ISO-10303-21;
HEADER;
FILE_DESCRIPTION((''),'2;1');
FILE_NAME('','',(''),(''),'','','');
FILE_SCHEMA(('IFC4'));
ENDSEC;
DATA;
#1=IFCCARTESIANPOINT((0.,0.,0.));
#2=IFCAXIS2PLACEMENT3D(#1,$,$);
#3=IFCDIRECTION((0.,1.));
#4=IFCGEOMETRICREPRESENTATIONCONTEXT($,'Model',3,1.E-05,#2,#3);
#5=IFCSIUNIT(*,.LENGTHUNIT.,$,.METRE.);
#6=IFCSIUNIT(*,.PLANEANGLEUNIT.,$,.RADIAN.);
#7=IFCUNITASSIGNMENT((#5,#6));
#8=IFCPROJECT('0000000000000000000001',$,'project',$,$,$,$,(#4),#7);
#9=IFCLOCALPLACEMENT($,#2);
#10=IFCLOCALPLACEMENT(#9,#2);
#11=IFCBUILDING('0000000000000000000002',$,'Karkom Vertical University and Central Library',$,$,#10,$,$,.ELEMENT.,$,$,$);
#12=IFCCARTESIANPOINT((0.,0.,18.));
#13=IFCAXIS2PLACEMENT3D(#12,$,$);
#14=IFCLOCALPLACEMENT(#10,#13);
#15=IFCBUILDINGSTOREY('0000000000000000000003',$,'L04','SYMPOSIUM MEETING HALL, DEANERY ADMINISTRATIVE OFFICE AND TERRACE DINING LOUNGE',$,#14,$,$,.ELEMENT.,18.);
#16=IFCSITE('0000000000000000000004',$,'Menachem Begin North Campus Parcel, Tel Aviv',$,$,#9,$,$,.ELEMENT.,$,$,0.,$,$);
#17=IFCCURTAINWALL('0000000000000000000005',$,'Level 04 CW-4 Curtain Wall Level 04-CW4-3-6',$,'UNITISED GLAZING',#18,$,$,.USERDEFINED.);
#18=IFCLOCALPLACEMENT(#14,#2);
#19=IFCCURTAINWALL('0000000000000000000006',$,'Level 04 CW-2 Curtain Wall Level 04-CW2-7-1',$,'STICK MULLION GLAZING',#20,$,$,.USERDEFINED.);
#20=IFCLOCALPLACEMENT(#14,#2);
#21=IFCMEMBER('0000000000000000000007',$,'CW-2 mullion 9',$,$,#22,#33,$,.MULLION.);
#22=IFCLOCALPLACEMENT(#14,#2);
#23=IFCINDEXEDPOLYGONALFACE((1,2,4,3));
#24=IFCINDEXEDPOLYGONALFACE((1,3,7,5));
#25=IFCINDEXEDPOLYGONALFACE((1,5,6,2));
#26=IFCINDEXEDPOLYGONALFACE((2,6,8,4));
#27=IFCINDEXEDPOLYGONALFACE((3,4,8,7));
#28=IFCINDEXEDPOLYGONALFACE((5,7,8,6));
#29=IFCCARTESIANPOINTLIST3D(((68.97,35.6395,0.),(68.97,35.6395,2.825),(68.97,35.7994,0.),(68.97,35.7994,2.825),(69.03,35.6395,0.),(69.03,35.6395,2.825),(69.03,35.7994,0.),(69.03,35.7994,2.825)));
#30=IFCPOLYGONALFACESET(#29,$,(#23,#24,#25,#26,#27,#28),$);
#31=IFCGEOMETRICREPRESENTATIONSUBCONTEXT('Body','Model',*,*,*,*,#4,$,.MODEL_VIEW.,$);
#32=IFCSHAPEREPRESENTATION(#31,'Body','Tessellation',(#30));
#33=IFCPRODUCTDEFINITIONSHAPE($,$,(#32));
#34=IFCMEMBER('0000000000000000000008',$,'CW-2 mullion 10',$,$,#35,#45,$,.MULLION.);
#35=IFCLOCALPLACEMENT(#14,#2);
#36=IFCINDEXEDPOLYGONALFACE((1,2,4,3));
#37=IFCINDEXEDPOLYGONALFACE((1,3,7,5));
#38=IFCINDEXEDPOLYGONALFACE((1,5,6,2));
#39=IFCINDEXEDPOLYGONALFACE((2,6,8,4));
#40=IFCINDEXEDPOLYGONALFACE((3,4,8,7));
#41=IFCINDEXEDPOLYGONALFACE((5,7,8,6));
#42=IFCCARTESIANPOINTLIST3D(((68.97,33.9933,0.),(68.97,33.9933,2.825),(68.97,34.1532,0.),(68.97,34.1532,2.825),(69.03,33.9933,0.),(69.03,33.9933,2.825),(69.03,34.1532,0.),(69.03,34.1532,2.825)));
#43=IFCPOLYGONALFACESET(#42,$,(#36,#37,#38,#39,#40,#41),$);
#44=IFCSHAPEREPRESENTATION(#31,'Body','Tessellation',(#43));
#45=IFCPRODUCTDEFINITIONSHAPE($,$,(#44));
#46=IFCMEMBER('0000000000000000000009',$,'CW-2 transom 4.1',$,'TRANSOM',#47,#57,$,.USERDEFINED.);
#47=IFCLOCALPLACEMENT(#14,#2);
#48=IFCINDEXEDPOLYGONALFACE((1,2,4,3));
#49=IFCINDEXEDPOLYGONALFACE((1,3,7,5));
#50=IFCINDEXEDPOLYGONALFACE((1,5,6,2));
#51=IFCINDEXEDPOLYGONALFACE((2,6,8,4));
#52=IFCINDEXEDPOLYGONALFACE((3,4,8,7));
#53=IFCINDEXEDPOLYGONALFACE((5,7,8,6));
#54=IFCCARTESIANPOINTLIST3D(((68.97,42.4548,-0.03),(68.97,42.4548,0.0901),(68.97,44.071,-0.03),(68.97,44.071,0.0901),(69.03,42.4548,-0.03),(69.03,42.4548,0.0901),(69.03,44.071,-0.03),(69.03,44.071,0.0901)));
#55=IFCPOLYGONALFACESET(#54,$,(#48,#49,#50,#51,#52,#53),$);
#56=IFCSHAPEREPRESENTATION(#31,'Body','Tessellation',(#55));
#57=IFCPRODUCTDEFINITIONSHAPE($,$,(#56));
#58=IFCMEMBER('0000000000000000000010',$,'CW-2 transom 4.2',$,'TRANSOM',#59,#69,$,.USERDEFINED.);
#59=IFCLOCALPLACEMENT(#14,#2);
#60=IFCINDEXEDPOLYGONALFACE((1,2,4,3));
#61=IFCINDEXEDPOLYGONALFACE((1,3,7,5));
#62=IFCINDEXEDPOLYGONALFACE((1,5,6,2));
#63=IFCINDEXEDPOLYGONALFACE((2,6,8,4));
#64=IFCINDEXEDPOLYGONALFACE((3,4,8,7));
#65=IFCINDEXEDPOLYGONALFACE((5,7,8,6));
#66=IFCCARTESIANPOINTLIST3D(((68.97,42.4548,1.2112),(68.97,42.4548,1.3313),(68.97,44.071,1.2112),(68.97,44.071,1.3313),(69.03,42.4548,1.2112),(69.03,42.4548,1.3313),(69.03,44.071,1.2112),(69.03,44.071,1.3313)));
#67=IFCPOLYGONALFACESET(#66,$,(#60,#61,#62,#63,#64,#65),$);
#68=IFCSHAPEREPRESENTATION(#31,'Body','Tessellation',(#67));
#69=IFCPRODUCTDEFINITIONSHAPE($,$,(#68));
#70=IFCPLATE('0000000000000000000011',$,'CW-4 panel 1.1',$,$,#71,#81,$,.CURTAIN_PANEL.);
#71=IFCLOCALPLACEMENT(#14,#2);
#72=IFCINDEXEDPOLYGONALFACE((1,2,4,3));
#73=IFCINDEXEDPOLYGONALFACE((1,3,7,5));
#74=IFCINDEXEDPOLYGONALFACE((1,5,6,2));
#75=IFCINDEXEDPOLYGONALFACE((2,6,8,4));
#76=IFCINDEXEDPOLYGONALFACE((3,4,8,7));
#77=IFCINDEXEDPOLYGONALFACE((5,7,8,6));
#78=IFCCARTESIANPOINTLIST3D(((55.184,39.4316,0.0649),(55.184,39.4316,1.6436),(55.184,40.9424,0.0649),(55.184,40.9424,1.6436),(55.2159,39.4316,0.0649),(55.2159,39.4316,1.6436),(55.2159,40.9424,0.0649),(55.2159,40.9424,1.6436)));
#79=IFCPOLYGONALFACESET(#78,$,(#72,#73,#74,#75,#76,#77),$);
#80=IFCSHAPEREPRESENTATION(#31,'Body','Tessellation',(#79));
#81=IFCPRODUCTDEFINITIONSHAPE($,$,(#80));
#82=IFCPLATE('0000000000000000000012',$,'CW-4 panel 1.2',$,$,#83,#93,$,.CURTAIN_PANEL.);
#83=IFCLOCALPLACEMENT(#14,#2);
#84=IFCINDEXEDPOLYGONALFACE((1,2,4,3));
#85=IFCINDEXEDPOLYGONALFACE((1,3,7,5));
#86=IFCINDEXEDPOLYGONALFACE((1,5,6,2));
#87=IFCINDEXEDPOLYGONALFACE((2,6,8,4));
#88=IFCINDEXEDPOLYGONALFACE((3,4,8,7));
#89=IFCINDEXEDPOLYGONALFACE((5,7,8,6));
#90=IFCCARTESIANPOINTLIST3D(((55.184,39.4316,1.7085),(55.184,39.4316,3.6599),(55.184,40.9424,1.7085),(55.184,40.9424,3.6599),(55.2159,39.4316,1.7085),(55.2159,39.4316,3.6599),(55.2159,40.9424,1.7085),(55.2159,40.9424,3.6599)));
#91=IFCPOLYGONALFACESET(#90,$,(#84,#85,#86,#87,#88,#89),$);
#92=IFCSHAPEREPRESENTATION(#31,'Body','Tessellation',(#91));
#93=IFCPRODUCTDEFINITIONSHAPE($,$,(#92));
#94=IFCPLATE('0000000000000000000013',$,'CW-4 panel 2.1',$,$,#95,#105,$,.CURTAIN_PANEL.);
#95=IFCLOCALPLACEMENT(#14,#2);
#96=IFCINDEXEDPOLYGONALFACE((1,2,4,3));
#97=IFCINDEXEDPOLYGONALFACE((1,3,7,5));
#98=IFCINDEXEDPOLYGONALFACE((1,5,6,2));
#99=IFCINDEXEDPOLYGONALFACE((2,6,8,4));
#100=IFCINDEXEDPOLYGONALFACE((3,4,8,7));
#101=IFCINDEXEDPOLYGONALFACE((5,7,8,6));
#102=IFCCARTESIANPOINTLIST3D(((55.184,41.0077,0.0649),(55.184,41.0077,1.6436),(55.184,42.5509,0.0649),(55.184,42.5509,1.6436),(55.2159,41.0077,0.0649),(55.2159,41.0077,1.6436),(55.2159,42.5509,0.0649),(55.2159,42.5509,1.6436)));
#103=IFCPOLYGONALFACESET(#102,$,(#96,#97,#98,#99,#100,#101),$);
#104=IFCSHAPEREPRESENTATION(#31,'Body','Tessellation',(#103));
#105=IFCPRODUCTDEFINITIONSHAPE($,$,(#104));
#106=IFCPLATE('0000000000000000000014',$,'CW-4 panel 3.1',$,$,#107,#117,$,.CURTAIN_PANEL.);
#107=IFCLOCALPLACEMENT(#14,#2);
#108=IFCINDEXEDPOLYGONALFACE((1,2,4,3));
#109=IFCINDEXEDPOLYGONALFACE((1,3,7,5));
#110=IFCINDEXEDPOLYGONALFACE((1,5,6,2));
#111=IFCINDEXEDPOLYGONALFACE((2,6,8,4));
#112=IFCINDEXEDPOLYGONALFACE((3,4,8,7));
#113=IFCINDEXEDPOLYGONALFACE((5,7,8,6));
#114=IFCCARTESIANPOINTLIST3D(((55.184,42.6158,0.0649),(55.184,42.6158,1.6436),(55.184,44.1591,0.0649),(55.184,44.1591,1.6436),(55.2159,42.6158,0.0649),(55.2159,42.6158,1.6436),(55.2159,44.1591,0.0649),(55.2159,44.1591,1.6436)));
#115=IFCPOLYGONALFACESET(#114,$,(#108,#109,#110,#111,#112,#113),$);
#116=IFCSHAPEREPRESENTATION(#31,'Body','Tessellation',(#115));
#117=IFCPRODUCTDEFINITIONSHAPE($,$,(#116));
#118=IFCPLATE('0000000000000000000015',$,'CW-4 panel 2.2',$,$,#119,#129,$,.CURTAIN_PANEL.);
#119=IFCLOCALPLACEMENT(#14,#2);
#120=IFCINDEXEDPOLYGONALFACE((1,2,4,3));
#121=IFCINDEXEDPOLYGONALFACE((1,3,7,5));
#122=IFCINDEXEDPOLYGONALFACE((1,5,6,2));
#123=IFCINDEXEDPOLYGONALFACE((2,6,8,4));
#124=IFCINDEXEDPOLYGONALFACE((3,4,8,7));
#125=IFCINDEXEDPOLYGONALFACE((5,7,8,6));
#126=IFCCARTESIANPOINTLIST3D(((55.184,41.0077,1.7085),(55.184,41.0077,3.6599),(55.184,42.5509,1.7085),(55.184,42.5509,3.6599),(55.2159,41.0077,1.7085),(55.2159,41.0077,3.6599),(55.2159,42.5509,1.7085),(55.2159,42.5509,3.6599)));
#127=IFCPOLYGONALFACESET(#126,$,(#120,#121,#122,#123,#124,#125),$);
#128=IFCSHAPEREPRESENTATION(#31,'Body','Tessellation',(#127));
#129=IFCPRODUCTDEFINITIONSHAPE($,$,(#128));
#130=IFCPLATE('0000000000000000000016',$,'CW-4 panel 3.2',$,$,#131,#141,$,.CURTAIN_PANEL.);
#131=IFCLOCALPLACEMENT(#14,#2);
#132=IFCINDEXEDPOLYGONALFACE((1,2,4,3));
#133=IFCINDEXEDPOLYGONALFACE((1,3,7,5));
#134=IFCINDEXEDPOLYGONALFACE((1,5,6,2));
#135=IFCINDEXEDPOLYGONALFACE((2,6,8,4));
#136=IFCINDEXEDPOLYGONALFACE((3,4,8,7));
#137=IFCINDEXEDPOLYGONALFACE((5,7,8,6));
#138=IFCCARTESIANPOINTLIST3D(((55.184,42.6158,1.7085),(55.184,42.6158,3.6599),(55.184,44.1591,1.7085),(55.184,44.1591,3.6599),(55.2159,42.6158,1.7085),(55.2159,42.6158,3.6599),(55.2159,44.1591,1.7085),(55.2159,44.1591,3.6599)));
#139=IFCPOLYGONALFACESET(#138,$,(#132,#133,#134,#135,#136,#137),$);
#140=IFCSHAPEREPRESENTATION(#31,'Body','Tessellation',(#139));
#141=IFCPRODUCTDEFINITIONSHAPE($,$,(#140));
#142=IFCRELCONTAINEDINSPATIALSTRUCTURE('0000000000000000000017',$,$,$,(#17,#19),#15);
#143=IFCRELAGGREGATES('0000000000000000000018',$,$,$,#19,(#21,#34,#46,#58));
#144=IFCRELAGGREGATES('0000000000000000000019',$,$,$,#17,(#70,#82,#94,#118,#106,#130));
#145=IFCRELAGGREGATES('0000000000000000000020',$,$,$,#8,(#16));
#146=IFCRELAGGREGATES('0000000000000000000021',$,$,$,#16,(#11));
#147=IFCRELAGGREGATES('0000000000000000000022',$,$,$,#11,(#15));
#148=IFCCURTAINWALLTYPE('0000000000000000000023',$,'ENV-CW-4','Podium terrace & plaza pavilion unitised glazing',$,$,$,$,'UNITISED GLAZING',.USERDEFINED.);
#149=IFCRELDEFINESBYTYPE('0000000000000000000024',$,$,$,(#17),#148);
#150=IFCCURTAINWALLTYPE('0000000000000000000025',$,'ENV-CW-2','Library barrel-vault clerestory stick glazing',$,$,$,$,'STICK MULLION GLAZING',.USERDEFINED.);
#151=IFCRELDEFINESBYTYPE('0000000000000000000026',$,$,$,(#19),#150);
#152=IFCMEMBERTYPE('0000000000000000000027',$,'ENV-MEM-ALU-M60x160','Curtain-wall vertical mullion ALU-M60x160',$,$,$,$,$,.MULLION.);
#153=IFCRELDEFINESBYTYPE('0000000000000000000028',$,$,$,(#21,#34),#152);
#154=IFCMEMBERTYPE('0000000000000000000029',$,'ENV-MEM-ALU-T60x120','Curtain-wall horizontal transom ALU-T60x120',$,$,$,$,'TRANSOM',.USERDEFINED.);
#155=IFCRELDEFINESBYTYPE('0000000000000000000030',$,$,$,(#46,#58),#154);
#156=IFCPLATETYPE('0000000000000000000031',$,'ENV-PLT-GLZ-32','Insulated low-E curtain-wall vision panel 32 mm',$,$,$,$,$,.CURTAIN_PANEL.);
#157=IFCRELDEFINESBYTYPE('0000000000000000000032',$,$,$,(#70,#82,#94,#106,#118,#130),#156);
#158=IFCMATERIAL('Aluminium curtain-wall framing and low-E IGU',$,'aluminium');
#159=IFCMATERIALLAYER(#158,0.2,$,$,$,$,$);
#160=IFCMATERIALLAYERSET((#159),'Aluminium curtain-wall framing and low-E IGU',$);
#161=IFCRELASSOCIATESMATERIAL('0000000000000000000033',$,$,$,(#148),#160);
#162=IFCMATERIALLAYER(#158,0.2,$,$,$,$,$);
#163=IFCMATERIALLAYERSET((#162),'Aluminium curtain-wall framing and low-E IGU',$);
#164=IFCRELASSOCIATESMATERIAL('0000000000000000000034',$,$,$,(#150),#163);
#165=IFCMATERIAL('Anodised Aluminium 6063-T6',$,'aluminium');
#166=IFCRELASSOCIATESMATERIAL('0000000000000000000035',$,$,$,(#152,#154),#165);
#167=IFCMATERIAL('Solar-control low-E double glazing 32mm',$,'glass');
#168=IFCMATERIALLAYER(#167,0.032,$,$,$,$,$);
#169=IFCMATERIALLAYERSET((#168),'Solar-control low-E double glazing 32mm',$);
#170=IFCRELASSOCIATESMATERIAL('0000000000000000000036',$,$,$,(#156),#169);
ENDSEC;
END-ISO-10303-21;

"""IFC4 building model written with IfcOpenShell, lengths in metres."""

from ifc_helpers import new_model, si_unit, direction, frame, origin, origin_with_axes, origin_2d, place, context, subcontext, project, spatial, rectangle, extrude, source, transform, mapped, material, layer, layer_set, material_profile, profile_set, type_object, element, aggregate, save


model = new_model("IFC4")

# Units and contexts
model_context = context("Model", 3, precision=1e-05, world=origin(), true_north=direction((0.0, 1.0)))
body_context = subcontext(model_context, "Body", "Model", "MODEL_VIEW")
ifc_project = project(units=[si_unit("LENGTHUNIT", "METRE"), si_unit("PLANEANGLEUNIT", "RADIAN")], contexts=[model_context])

# Site, building, storey
site_placement = place(None, origin())
site = spatial("IfcSite", under=ifc_project, at=site_placement, Name="Menachem Begin North Campus Parcel, Tel Aviv", CompositionType="ELEMENT", RefElevation=0.0)
building_placement = place(site_placement, origin())
building = spatial("IfcBuilding", under=site, at=building_placement, Name="Karkom Vertical University and Central Library", CompositionType="ELEMENT")
storey_placement = place(building_placement, frame((0.0, 0.0, 18.0)))
storey = spatial("IfcBuildingStorey", under=building, at=storey_placement, Name="L04", Description="SYMPOSIUM MEETING HALL, DEANERY ADMINISTRATIVE OFFICE AND TERRACE DINING LOUNGE", CompositionType="ELEMENT", Elevation=18.0)

# Curtain walls, members
ifc_material_1 = material(Name="Aluminium curtain-wall framing and low-E IGU", Category="aluminium")
ifc_layer_1 = layer(ifc_material_1, 0.2)
ifc_layer_set_1 = layer_set([ifc_layer_1], Name="Aluminium curtain-wall framing and low-E IGU")
curtain_wall_type_1 = type_object("IfcCurtainWallType", Name="ENV-CW-4", Description="Podium terrace & plaza pavilion unitised glazing", ElementType="UNITISED GLAZING", PredefinedType="USERDEFINED", material=ifc_layer_set_1)
curtain_wall_1_placement = place(storey_placement, origin())
curtain_wall_1 = element("IfcCurtainWall", 1, at=curtain_wall_1_placement, inside=storey, type_object=curtain_wall_type_1, Name="Level 04 CW-4 Curtain Wall Level 04-CW4-3-6", ObjectType="UNITISED GLAZING", PredefinedType="USERDEFINED")
ifc_material_2 = material(Name="Anodised Aluminium 6063-T6", Category="aluminium")
ifc_layer_2 = layer(ifc_material_1, 0.2)
ifc_layer_set_2 = layer_set([ifc_layer_2], Name="Aluminium curtain-wall framing and low-E IGU")
curtain_wall_type_2 = type_object("IfcCurtainWallType", Name="ENV-CW-2", Description="Library barrel-vault clerestory stick glazing", ElementType="STICK MULLION GLAZING", PredefinedType="USERDEFINED", material=ifc_layer_set_2)
curtain_wall_2_placement = place(storey_placement, origin())
curtain_wall_2 = element("IfcCurtainWall", 2, at=curtain_wall_2_placement, inside=storey, type_object=curtain_wall_type_2, Name="Level 04 CW-2 Curtain Wall Level 04-CW2-7-1", ObjectType="STICK MULLION GLAZING", PredefinedType="USERDEFINED")
ifc_material_profile_1 = material_profile(ifc_material_2, rectangle(XDim=0.0601, YDim=0.1599, at=origin_2d()), Name="ALU-M60x160")
ifc_profile_set_1 = profile_set([ifc_material_profile_1], Name="Anodised Aluminium 6063-T6")
member_type_1 = type_object("IfcMemberType", Name="ENV-MEM-ALU-M60x160", Description="Curtain-wall vertical mullion ALU-M60x160", PredefinedType="MULLION", material=ifc_profile_set_1)
shared_shape_1 = source(origin_with_axes(), body_context, "Body", "SweptSolid", [
    extrude(rectangle(XDim=0.0601, YDim=0.1599, at=origin_2d()), origin(), (0.0, 0.0, 1.0), 2.825),
])
member_1_placement = place(storey_placement, frame((69.0, 35.7195, 0.0), z_axis=(0.0, 0.0, 1.0), x_axis=(1.0, 0.0, 0.0)))
member_1 = element("IfcMember", 3, at=member_1_placement, type_object=member_type_1, Name="CW-2 mullion 9", PredefinedType="MULLION", context=body_context, shape_type="MappedRepresentation", body=[
    mapped(shared_shape_1, transform((0.0, 0.0, 0.0), scale=1.0)),
])
member_2_placement = place(storey_placement, frame((69.0, 34.0732, 0.0), z_axis=(0.0, 0.0, 1.0), x_axis=(1.0, 0.0, 0.0)))
member_2 = element("IfcMember", 4, at=member_2_placement, type_object=member_type_1, Name="CW-2 mullion 10", PredefinedType="MULLION", context=body_context, shape_type="MappedRepresentation", body=[
    mapped(shared_shape_1, transform((0.0, 0.0, 0.0), scale=1.0)),
])
ifc_material_profile_2 = material_profile(ifc_material_2, rectangle(XDim=0.0601, YDim=0.1201, at=origin_2d()), Name="ALU-T60x120")
ifc_profile_set_2 = profile_set([ifc_material_profile_2], Name="Anodised Aluminium 6063-T6")
member_type_2 = type_object("IfcMemberType", Name="ENV-MEM-ALU-T60x120", Description="Curtain-wall horizontal transom ALU-T60x120", ElementType="TRANSOM", PredefinedType="USERDEFINED", material=ifc_profile_set_2)
shared_shape_2 = source(origin_with_axes(), body_context, "Body", "SweptSolid", [
    extrude(rectangle(XDim=0.0601, YDim=0.1201, at=origin_2d()), origin(), (0.0, 0.0, 1.0), 1.6162),
])
member_3_placement = place(storey_placement, frame((69.0, 44.071, 0.03), z_axis=(0.0, -1.0, 0.0), x_axis=(1.0, 0.0, 0.0)))
member_3 = element("IfcMember", 5, at=member_3_placement, type_object=member_type_2, Name="CW-2 transom 4.1", ObjectType="TRANSOM", PredefinedType="USERDEFINED", context=body_context, shape_type="MappedRepresentation", body=[
    mapped(shared_shape_2, transform((0.0, 0.0, 0.0), scale=1.0)),
])
member_4_placement = place(storey_placement, frame((69.0, 44.071, 1.2712), z_axis=(0.0, -1.0, 0.0), x_axis=(1.0, 0.0, 0.0)))
member_4 = element("IfcMember", 6, at=member_4_placement, type_object=member_type_2, Name="CW-2 transom 4.2", ObjectType="TRANSOM", PredefinedType="USERDEFINED", context=body_context, shape_type="MappedRepresentation", body=[
    mapped(shared_shape_2, transform((0.0, 0.0, 0.0), scale=1.0)),
])
aggregate(curtain_wall_2, [member_1, member_2, member_3, member_4])

# Plates
ifc_material_3 = material(Name="Solar-control low-E double glazing 32mm", Category="glass")
ifc_layer_3 = layer(ifc_material_3, 0.032)
ifc_layer_set_3 = layer_set([ifc_layer_3], Name="Solar-control low-E double glazing 32mm")
plate_type = type_object("IfcPlateType", Name="ENV-PLT-GLZ-32", Description="Insulated low-E curtain-wall vision panel 32 mm", PredefinedType="CURTAIN_PANEL", material=ifc_layer_set_3)
shared_shape_3 = source(origin_with_axes(), body_context, "Body", "SweptSolid", [
    extrude(rectangle(XDim=1.5107, YDim=0.032, at=origin_2d()), origin(), (0.0, 0.0, 1.0), 1.5786),
])
plate_1_placement = place(storey_placement, frame((55.2, 40.187, 0.0649), z_axis=(0.0, 0.0, 1.0), x_axis=(0.0, 1.0, 0.0)))
plate_1 = element("IfcPlate", 7, at=plate_1_placement, type_object=plate_type, Name="CW-4 panel 1.1", PredefinedType="CURTAIN_PANEL", context=body_context, shape_type="MappedRepresentation", body=[
    mapped(shared_shape_3, transform((0.0, 0.0, 0.0), scale=1.0)),
])
shared_shape_4 = source(origin_with_axes(), body_context, "Body", "SweptSolid", [
    extrude(rectangle(XDim=1.5107, YDim=0.032, at=origin_2d()), origin(), (0.0, 0.0, 1.0), 1.9514),
])
plate_2_placement = place(storey_placement, frame((55.2, 40.187, 1.7085), z_axis=(0.0, 0.0, 1.0), x_axis=(0.0, 1.0, 0.0)))
plate_2 = element("IfcPlate", 8, at=plate_2_placement, type_object=plate_type, Name="CW-4 panel 1.2", PredefinedType="CURTAIN_PANEL", context=body_context, shape_type="MappedRepresentation", body=[
    mapped(shared_shape_4, transform((0.0, 0.0, 0.0), scale=1.0)),
])
shared_shape_5 = source(origin_with_axes(), body_context, "Body", "SweptSolid", [
    extrude(rectangle(XDim=1.5432, YDim=0.032, at=origin_2d()), origin(), (0.0, 0.0, 1.0), 1.5786),
])
plate_3_placement = place(storey_placement, frame((55.2, 41.7793, 0.0649), z_axis=(0.0, 0.0, 1.0), x_axis=(0.0, 1.0, 0.0)))
plate_3 = element("IfcPlate", 9, at=plate_3_placement, type_object=plate_type, Name="CW-4 panel 2.1", PredefinedType="CURTAIN_PANEL", context=body_context, shape_type="MappedRepresentation", body=[
    mapped(shared_shape_5, transform((0.0, 0.0, 0.0), scale=1.0)),
])
plate_4_placement = place(storey_placement, frame((55.2, 43.3875, 0.0649), z_axis=(0.0, 0.0, 1.0), x_axis=(0.0, 1.0, 0.0)))
plate_4 = element("IfcPlate", 10, at=plate_4_placement, type_object=plate_type, Name="CW-4 panel 3.1", PredefinedType="CURTAIN_PANEL", context=body_context, shape_type="MappedRepresentation", body=[
    mapped(shared_shape_5, transform((0.0, 0.0, 0.0), scale=1.0)),
])
shared_shape_6 = source(origin_with_axes(), body_context, "Body", "SweptSolid", [
    extrude(rectangle(XDim=1.5432, YDim=0.032, at=origin_2d()), origin(), (0.0, 0.0, 1.0), 1.9514),
])
plate_5_placement = place(storey_placement, frame((55.2, 41.7793, 1.7085), z_axis=(0.0, 0.0, 1.0), x_axis=(0.0, 1.0, 0.0)))
plate_5 = element("IfcPlate", 11, at=plate_5_placement, type_object=plate_type, Name="CW-4 panel 2.2", PredefinedType="CURTAIN_PANEL", context=body_context, shape_type="MappedRepresentation", body=[
    mapped(shared_shape_6, transform((0.0, 0.0, 0.0), scale=1.0)),
])
plate_6_placement = place(storey_placement, frame((55.2, 43.3875, 1.7085), z_axis=(0.0, 0.0, 1.0), x_axis=(0.0, 1.0, 0.0)))
plate_6 = element("IfcPlate", 12, at=plate_6_placement, type_object=plate_type, Name="CW-4 panel 3.2", PredefinedType="CURTAIN_PANEL", context=body_context, shape_type="MappedRepresentation", body=[
    mapped(shared_shape_6, transform((0.0, 0.0, 0.0), scale=1.0)),
])
aggregate(curtain_wall_1, [plate_1, plate_2, plate_3, plate_5, plate_4, plate_6])

save(model, "model.ifc")
